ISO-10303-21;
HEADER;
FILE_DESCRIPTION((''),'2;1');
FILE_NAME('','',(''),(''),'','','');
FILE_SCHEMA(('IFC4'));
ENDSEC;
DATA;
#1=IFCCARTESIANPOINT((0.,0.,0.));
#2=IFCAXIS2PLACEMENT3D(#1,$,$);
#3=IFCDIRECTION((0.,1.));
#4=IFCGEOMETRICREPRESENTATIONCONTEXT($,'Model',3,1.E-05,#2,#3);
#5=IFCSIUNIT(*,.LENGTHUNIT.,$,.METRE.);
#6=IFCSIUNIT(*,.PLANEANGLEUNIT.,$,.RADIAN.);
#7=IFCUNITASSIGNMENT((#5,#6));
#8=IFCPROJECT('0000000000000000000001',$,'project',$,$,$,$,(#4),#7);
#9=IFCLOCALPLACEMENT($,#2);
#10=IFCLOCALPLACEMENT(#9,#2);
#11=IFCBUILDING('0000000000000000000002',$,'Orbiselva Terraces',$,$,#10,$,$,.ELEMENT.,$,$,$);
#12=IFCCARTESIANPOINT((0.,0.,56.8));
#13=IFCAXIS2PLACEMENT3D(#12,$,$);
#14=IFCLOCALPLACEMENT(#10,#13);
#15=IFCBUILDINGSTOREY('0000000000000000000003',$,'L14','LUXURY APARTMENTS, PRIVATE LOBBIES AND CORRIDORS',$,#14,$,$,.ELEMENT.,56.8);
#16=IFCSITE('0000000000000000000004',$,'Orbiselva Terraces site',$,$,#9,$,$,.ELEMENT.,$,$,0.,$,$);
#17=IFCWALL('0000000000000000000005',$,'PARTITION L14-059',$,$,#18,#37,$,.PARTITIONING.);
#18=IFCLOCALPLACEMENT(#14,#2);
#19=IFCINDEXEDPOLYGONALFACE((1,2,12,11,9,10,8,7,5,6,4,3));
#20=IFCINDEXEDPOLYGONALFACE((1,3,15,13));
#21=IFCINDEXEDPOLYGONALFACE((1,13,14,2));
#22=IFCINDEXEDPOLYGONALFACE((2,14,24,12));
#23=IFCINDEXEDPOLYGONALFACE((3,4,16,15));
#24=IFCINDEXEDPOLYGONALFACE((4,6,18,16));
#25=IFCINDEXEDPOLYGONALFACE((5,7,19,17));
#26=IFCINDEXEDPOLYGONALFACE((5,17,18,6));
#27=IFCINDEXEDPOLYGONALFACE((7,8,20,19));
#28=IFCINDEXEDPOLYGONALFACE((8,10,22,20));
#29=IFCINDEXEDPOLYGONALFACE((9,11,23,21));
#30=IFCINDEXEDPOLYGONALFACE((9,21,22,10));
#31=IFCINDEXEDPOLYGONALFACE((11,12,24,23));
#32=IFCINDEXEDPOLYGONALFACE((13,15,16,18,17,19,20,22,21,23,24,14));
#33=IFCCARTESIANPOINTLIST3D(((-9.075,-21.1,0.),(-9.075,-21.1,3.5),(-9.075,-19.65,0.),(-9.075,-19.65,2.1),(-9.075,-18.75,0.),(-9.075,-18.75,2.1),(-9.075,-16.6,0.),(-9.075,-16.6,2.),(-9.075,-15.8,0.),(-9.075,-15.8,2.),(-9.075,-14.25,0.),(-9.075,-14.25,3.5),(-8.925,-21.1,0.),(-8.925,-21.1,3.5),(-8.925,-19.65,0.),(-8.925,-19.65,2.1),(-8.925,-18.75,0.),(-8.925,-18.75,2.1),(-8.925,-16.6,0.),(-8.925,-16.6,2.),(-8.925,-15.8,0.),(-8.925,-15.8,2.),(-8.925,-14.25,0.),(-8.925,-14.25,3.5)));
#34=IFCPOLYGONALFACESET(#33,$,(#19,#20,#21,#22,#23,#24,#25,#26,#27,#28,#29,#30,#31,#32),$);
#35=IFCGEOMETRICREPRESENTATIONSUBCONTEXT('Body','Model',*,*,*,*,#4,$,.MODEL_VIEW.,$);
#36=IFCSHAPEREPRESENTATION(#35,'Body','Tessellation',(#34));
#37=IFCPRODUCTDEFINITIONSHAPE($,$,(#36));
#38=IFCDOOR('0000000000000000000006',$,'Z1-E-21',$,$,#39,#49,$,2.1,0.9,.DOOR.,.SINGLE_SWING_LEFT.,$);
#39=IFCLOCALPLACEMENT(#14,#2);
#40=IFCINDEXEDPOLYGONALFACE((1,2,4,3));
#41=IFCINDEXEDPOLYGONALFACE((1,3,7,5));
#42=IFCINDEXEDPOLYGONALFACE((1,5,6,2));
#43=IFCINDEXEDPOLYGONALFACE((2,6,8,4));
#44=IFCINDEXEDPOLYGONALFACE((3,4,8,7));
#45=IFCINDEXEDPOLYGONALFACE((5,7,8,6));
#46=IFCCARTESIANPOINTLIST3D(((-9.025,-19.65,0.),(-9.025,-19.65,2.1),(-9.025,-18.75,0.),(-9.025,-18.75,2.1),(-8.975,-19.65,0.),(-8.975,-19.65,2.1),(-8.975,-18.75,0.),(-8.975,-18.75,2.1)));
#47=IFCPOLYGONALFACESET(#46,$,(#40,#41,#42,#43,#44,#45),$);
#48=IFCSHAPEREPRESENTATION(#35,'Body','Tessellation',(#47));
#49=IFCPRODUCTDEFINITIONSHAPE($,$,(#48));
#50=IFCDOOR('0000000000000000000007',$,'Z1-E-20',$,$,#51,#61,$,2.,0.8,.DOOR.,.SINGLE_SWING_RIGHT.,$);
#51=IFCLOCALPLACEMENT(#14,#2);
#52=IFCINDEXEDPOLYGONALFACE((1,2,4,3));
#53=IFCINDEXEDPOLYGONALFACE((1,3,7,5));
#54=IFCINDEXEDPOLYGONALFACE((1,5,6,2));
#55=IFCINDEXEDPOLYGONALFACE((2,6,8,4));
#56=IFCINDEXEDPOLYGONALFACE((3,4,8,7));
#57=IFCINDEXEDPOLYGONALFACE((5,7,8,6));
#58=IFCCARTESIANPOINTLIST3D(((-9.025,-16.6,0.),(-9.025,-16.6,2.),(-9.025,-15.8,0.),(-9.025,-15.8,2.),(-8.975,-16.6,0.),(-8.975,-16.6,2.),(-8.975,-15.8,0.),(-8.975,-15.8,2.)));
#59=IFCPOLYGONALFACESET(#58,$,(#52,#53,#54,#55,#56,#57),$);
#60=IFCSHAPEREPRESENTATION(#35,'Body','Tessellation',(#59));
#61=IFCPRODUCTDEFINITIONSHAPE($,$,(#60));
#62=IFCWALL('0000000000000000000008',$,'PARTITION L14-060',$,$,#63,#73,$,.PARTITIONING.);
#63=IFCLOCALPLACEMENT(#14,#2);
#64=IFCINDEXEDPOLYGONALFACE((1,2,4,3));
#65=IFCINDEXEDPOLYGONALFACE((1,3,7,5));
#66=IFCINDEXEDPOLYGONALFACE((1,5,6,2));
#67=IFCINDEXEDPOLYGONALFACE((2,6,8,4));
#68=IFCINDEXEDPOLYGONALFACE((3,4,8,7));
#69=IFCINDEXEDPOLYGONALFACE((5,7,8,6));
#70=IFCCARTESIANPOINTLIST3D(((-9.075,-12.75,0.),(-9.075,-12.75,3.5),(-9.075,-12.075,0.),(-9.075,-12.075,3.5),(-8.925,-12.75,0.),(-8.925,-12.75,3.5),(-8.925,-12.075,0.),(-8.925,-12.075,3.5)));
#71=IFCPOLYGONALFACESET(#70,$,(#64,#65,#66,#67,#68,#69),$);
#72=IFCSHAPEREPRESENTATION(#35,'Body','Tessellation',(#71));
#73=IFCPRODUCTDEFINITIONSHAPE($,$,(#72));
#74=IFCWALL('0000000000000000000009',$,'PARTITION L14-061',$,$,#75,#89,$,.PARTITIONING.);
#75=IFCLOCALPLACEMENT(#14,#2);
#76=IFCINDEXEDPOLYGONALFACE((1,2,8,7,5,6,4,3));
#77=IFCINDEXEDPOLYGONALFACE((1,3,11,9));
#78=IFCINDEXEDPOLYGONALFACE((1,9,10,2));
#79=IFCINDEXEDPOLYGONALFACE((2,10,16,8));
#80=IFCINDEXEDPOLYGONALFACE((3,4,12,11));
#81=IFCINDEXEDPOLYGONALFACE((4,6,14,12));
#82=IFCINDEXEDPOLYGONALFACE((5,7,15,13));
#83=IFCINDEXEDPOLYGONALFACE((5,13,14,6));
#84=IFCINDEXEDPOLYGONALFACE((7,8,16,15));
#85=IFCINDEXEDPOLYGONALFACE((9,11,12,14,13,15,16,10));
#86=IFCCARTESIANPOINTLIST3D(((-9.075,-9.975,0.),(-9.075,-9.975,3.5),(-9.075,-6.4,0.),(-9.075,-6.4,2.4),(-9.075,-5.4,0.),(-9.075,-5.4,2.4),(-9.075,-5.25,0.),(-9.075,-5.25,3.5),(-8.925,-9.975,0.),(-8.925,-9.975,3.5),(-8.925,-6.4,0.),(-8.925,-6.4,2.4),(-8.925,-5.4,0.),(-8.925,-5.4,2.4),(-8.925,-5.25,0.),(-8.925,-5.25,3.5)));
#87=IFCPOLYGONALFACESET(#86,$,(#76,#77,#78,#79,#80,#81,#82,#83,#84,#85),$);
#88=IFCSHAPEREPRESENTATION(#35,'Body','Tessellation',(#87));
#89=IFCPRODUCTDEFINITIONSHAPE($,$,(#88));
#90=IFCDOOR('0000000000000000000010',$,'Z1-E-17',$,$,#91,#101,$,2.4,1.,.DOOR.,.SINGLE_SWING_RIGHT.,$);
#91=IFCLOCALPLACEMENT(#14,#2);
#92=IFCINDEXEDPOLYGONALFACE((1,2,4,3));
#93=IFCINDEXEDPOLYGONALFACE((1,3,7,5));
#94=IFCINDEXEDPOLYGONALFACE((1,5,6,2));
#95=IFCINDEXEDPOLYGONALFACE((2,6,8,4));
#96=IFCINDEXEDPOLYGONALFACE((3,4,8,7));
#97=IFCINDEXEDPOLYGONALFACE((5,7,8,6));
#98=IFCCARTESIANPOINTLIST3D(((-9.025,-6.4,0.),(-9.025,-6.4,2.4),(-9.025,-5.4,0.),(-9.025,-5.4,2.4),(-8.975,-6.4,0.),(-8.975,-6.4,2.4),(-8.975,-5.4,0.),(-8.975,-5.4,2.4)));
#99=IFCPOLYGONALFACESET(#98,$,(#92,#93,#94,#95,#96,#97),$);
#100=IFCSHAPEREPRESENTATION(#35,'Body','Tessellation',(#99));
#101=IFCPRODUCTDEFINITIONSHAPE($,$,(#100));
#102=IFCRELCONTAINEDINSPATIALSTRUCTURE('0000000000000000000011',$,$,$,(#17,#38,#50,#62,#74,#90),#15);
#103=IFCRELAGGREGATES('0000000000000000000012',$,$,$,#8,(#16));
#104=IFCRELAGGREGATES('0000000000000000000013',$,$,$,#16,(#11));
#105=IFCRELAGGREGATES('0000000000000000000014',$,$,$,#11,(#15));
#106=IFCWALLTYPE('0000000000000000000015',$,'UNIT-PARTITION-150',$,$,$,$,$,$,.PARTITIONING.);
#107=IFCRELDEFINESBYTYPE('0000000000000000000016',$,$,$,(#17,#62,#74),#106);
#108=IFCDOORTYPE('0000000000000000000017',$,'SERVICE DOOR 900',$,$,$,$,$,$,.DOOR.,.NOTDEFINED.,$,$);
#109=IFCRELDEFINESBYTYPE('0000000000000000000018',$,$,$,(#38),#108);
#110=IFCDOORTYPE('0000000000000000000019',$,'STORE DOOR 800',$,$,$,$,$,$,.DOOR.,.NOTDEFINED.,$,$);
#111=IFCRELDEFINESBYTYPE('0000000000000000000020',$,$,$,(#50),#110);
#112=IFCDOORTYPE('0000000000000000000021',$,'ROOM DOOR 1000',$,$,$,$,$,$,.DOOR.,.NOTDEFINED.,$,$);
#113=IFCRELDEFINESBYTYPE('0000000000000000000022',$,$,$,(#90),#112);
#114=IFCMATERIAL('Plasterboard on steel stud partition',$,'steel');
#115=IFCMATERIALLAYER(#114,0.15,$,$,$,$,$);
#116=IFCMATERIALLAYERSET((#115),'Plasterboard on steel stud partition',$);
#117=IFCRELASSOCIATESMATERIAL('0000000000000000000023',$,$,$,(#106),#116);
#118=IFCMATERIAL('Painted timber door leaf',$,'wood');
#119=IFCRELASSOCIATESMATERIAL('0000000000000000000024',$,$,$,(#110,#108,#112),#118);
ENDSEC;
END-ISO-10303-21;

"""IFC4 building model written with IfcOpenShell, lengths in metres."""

from ifc_helpers import new_model, si_unit, direction, frame, frame_2d, origin, place, context, subcontext, project, spatial, rectangle, extrude, material, layer, layer_set, type_object, element, fill, save


model = new_model("IFC4")

# Units and contexts
model_context = context("Model", 3, precision=1e-05, world=origin(), true_north=direction((0.0, 1.0)))
body_context = subcontext(model_context, "Body", "Model", "MODEL_VIEW")
ifc_project = project(units=[si_unit("LENGTHUNIT", "METRE"), si_unit("PLANEANGLEUNIT", "RADIAN")], contexts=[model_context])

# Site, building, storey
site_placement = place(None, origin())
site = spatial("IfcSite", under=ifc_project, at=site_placement, Name="Orbiselva Terraces site", CompositionType="ELEMENT", RefElevation=0.0)
building_placement = place(site_placement, origin())
building = spatial("IfcBuilding", under=site, at=building_placement, Name="Orbiselva Terraces", CompositionType="ELEMENT")
storey_placement = place(building_placement, frame((0.0, 0.0, 56.8)))
storey = spatial("IfcBuildingStorey", under=building, at=storey_placement, Name="L14", Description="LUXURY APARTMENTS, PRIVATE LOBBIES AND CORRIDORS", CompositionType="ELEMENT", Elevation=56.8)

# Shared definitions
ifc_material_1 = material(Name="Plasterboard on steel stud partition", Category="steel")
ifc_material_2 = material(Name="Painted timber door leaf", Category="wood")

# Shared definitions
ifc_layer_1 = layer(ifc_material_1, 0.15)
ifc_layer_set_1 = layer_set([ifc_layer_1], Name="Plasterboard on steel stud partition")
wall_type_1 = type_object("IfcWallType", Name="UNIT-PARTITION-150", PredefinedType="PARTITIONING", material=ifc_layer_set_1)

# Shared definitions
door_type_1 = type_object("IfcDoorType", Name="STORE DOOR 800", OperationType="NOTDEFINED", PredefinedType="DOOR", material=ifc_material_2)

# Wall, openings, doors
wall_1_placement = place(storey_placement, frame((-9.0, -21.1, 0.0), z_axis=(0.0, 0.0, 1.0), x_axis=(0.0, 1.0, 0.0)))
wall_1 = element("IfcWall", 1, at=wall_1_placement, inside=storey, type_object=wall_type_1, Name="PARTITION L14-059", PredefinedType="PARTITIONING", context=body_context, shape_type="SweptSolid", body=[
    extrude(rectangle(XDim=6.85, YDim=0.15, at=frame_2d((3.425, 0.0))), origin(), (0.0, 0.0, 1.0), 3.5),
])
opening_1_placement = place(wall_1_placement, frame((4.5, 0.0, 0.0)))
opening_1 = element("IfcOpeningElement", 2, at=opening_1_placement, cuts=wall_1, PredefinedType="OPENING", context=body_context, shape_type="SweptSolid", body=[
    extrude(rectangle(XDim=0.8, YDim=2.0, at=frame_2d((0.4, 1.0))), frame((0.0, 0.085, 0.0), z_axis=(0.0, -1.0, 0.0), x_axis=(1.0, 0.0, 0.0)), (0.0, 0.0, 1.0), 0.17),
])
opening_2_placement = place(wall_1_placement, frame((1.45, 0.0, 0.0)))
opening_2 = element("IfcOpeningElement", 3, at=opening_2_placement, cuts=wall_1, PredefinedType="OPENING", context=body_context, shape_type="SweptSolid", body=[
    extrude(rectangle(XDim=0.9, YDim=2.1, at=frame_2d((0.45, 1.05))), frame((0.0, 0.085, 0.0), z_axis=(0.0, -1.0, 0.0), x_axis=(1.0, 0.0, 0.0)), (0.0, 0.0, 1.0), 0.17),
])
door_type_2 = type_object("IfcDoorType", Name="SERVICE DOOR 900", OperationType="NOTDEFINED", PredefinedType="DOOR", material=ifc_material_2)
door_1_placement = place(opening_2_placement, origin())
door_1 = element("IfcDoor", 4, at=door_1_placement, inside=storey, type_object=door_type_2, Name="Z1-E-21", OperationType="SINGLE_SWING_LEFT", OverallHeight=2.1, OverallWidth=0.9, PredefinedType="DOOR", context=body_context, shape_type="SweptSolid", body=[
    extrude(rectangle(XDim=0.9, YDim=2.1, at=frame_2d((0.45, 1.05))), frame((0.0, 0.025, 0.0), z_axis=(0.0, -1.0, 0.0), x_axis=(1.0, 0.0, 0.0)), (0.0, 0.0, 1.0), 0.05),
])
fill(opening_2, door_1)
door_2_placement = place(opening_1_placement, origin())
door_2 = element("IfcDoor", 5, at=door_2_placement, inside=storey, type_object=door_type_1, Name="Z1-E-20", OperationType="SINGLE_SWING_RIGHT", OverallHeight=2.0, OverallWidth=0.8, PredefinedType="DOOR", context=body_context, shape_type="SweptSolid", body=[
    extrude(rectangle(XDim=0.8, YDim=2.0, at=frame_2d((0.4, 1.0))), frame((0.0, 0.025, 0.0), z_axis=(0.0, -1.0, 0.0), x_axis=(1.0, 0.0, 0.0)), (0.0, 0.0, 1.0), 0.05),
])
fill(opening_1, door_2)

# Wall
wall_2_placement = place(storey_placement, frame((-9.0, -12.75, 0.0), z_axis=(0.0, 0.0, 1.0), x_axis=(0.0, 1.0, 0.0)))
element("IfcWall", 6, at=wall_2_placement, inside=storey, type_object=wall_type_1, Name="PARTITION L14-060", PredefinedType="PARTITIONING", context=body_context, shape_type="SweptSolid", body=[
    extrude(rectangle(XDim=0.675, YDim=0.15, at=frame_2d((0.3375, 0.0))), origin(), (0.0, 0.0, 1.0), 3.5),
])

# Wall, opening, door
wall_3_placement = place(storey_placement, frame((-9.0, -9.975, 0.0), z_axis=(0.0, 0.0, 1.0), x_axis=(0.0, 1.0, 0.0)))
wall_3 = element("IfcWall", 7, at=wall_3_placement, inside=storey, type_object=wall_type_1, Name="PARTITION L14-061", PredefinedType="PARTITIONING", context=body_context, shape_type="SweptSolid", body=[
    extrude(rectangle(XDim=4.725, YDim=0.15, at=frame_2d((2.3625, 0.0))), origin(), (0.0, 0.0, 1.0), 3.5),
])
opening_3_placement = place(wall_3_placement, frame((3.575, 0.0, 0.0)))
opening_3 = element("IfcOpeningElement", 8, at=opening_3_placement, cuts=wall_3, PredefinedType="OPENING", context=body_context, shape_type="SweptSolid", body=[
    extrude(rectangle(XDim=1.0, YDim=2.4, at=frame_2d((0.5, 1.2))), frame((0.0, 0.085, 0.0), z_axis=(0.0, -1.0, 0.0), x_axis=(1.0, 0.0, 0.0)), (0.0, 0.0, 1.0), 0.17),
])
door_type_3 = type_object("IfcDoorType", Name="ROOM DOOR 1000", OperationType="NOTDEFINED", PredefinedType="DOOR", material=ifc_material_2)
door_3_placement = place(opening_3_placement, origin())
door_3 = element("IfcDoor", 9, at=door_3_placement, inside=storey, type_object=door_type_3, Name="Z1-E-17", OperationType="SINGLE_SWING_RIGHT", OverallHeight=2.4, OverallWidth=1.0, PredefinedType="DOOR", context=body_context, shape_type="SweptSolid", body=[
    extrude(rectangle(XDim=1.0, YDim=2.4, at=frame_2d((0.5, 1.2))), frame((0.0, 0.025, 0.0), z_axis=(0.0, -1.0, 0.0), x_axis=(1.0, 0.0, 0.0)), (0.0, 0.0, 1.0), 0.05),
])
fill(opening_3, door_3)

save(model, "model.ifc")
